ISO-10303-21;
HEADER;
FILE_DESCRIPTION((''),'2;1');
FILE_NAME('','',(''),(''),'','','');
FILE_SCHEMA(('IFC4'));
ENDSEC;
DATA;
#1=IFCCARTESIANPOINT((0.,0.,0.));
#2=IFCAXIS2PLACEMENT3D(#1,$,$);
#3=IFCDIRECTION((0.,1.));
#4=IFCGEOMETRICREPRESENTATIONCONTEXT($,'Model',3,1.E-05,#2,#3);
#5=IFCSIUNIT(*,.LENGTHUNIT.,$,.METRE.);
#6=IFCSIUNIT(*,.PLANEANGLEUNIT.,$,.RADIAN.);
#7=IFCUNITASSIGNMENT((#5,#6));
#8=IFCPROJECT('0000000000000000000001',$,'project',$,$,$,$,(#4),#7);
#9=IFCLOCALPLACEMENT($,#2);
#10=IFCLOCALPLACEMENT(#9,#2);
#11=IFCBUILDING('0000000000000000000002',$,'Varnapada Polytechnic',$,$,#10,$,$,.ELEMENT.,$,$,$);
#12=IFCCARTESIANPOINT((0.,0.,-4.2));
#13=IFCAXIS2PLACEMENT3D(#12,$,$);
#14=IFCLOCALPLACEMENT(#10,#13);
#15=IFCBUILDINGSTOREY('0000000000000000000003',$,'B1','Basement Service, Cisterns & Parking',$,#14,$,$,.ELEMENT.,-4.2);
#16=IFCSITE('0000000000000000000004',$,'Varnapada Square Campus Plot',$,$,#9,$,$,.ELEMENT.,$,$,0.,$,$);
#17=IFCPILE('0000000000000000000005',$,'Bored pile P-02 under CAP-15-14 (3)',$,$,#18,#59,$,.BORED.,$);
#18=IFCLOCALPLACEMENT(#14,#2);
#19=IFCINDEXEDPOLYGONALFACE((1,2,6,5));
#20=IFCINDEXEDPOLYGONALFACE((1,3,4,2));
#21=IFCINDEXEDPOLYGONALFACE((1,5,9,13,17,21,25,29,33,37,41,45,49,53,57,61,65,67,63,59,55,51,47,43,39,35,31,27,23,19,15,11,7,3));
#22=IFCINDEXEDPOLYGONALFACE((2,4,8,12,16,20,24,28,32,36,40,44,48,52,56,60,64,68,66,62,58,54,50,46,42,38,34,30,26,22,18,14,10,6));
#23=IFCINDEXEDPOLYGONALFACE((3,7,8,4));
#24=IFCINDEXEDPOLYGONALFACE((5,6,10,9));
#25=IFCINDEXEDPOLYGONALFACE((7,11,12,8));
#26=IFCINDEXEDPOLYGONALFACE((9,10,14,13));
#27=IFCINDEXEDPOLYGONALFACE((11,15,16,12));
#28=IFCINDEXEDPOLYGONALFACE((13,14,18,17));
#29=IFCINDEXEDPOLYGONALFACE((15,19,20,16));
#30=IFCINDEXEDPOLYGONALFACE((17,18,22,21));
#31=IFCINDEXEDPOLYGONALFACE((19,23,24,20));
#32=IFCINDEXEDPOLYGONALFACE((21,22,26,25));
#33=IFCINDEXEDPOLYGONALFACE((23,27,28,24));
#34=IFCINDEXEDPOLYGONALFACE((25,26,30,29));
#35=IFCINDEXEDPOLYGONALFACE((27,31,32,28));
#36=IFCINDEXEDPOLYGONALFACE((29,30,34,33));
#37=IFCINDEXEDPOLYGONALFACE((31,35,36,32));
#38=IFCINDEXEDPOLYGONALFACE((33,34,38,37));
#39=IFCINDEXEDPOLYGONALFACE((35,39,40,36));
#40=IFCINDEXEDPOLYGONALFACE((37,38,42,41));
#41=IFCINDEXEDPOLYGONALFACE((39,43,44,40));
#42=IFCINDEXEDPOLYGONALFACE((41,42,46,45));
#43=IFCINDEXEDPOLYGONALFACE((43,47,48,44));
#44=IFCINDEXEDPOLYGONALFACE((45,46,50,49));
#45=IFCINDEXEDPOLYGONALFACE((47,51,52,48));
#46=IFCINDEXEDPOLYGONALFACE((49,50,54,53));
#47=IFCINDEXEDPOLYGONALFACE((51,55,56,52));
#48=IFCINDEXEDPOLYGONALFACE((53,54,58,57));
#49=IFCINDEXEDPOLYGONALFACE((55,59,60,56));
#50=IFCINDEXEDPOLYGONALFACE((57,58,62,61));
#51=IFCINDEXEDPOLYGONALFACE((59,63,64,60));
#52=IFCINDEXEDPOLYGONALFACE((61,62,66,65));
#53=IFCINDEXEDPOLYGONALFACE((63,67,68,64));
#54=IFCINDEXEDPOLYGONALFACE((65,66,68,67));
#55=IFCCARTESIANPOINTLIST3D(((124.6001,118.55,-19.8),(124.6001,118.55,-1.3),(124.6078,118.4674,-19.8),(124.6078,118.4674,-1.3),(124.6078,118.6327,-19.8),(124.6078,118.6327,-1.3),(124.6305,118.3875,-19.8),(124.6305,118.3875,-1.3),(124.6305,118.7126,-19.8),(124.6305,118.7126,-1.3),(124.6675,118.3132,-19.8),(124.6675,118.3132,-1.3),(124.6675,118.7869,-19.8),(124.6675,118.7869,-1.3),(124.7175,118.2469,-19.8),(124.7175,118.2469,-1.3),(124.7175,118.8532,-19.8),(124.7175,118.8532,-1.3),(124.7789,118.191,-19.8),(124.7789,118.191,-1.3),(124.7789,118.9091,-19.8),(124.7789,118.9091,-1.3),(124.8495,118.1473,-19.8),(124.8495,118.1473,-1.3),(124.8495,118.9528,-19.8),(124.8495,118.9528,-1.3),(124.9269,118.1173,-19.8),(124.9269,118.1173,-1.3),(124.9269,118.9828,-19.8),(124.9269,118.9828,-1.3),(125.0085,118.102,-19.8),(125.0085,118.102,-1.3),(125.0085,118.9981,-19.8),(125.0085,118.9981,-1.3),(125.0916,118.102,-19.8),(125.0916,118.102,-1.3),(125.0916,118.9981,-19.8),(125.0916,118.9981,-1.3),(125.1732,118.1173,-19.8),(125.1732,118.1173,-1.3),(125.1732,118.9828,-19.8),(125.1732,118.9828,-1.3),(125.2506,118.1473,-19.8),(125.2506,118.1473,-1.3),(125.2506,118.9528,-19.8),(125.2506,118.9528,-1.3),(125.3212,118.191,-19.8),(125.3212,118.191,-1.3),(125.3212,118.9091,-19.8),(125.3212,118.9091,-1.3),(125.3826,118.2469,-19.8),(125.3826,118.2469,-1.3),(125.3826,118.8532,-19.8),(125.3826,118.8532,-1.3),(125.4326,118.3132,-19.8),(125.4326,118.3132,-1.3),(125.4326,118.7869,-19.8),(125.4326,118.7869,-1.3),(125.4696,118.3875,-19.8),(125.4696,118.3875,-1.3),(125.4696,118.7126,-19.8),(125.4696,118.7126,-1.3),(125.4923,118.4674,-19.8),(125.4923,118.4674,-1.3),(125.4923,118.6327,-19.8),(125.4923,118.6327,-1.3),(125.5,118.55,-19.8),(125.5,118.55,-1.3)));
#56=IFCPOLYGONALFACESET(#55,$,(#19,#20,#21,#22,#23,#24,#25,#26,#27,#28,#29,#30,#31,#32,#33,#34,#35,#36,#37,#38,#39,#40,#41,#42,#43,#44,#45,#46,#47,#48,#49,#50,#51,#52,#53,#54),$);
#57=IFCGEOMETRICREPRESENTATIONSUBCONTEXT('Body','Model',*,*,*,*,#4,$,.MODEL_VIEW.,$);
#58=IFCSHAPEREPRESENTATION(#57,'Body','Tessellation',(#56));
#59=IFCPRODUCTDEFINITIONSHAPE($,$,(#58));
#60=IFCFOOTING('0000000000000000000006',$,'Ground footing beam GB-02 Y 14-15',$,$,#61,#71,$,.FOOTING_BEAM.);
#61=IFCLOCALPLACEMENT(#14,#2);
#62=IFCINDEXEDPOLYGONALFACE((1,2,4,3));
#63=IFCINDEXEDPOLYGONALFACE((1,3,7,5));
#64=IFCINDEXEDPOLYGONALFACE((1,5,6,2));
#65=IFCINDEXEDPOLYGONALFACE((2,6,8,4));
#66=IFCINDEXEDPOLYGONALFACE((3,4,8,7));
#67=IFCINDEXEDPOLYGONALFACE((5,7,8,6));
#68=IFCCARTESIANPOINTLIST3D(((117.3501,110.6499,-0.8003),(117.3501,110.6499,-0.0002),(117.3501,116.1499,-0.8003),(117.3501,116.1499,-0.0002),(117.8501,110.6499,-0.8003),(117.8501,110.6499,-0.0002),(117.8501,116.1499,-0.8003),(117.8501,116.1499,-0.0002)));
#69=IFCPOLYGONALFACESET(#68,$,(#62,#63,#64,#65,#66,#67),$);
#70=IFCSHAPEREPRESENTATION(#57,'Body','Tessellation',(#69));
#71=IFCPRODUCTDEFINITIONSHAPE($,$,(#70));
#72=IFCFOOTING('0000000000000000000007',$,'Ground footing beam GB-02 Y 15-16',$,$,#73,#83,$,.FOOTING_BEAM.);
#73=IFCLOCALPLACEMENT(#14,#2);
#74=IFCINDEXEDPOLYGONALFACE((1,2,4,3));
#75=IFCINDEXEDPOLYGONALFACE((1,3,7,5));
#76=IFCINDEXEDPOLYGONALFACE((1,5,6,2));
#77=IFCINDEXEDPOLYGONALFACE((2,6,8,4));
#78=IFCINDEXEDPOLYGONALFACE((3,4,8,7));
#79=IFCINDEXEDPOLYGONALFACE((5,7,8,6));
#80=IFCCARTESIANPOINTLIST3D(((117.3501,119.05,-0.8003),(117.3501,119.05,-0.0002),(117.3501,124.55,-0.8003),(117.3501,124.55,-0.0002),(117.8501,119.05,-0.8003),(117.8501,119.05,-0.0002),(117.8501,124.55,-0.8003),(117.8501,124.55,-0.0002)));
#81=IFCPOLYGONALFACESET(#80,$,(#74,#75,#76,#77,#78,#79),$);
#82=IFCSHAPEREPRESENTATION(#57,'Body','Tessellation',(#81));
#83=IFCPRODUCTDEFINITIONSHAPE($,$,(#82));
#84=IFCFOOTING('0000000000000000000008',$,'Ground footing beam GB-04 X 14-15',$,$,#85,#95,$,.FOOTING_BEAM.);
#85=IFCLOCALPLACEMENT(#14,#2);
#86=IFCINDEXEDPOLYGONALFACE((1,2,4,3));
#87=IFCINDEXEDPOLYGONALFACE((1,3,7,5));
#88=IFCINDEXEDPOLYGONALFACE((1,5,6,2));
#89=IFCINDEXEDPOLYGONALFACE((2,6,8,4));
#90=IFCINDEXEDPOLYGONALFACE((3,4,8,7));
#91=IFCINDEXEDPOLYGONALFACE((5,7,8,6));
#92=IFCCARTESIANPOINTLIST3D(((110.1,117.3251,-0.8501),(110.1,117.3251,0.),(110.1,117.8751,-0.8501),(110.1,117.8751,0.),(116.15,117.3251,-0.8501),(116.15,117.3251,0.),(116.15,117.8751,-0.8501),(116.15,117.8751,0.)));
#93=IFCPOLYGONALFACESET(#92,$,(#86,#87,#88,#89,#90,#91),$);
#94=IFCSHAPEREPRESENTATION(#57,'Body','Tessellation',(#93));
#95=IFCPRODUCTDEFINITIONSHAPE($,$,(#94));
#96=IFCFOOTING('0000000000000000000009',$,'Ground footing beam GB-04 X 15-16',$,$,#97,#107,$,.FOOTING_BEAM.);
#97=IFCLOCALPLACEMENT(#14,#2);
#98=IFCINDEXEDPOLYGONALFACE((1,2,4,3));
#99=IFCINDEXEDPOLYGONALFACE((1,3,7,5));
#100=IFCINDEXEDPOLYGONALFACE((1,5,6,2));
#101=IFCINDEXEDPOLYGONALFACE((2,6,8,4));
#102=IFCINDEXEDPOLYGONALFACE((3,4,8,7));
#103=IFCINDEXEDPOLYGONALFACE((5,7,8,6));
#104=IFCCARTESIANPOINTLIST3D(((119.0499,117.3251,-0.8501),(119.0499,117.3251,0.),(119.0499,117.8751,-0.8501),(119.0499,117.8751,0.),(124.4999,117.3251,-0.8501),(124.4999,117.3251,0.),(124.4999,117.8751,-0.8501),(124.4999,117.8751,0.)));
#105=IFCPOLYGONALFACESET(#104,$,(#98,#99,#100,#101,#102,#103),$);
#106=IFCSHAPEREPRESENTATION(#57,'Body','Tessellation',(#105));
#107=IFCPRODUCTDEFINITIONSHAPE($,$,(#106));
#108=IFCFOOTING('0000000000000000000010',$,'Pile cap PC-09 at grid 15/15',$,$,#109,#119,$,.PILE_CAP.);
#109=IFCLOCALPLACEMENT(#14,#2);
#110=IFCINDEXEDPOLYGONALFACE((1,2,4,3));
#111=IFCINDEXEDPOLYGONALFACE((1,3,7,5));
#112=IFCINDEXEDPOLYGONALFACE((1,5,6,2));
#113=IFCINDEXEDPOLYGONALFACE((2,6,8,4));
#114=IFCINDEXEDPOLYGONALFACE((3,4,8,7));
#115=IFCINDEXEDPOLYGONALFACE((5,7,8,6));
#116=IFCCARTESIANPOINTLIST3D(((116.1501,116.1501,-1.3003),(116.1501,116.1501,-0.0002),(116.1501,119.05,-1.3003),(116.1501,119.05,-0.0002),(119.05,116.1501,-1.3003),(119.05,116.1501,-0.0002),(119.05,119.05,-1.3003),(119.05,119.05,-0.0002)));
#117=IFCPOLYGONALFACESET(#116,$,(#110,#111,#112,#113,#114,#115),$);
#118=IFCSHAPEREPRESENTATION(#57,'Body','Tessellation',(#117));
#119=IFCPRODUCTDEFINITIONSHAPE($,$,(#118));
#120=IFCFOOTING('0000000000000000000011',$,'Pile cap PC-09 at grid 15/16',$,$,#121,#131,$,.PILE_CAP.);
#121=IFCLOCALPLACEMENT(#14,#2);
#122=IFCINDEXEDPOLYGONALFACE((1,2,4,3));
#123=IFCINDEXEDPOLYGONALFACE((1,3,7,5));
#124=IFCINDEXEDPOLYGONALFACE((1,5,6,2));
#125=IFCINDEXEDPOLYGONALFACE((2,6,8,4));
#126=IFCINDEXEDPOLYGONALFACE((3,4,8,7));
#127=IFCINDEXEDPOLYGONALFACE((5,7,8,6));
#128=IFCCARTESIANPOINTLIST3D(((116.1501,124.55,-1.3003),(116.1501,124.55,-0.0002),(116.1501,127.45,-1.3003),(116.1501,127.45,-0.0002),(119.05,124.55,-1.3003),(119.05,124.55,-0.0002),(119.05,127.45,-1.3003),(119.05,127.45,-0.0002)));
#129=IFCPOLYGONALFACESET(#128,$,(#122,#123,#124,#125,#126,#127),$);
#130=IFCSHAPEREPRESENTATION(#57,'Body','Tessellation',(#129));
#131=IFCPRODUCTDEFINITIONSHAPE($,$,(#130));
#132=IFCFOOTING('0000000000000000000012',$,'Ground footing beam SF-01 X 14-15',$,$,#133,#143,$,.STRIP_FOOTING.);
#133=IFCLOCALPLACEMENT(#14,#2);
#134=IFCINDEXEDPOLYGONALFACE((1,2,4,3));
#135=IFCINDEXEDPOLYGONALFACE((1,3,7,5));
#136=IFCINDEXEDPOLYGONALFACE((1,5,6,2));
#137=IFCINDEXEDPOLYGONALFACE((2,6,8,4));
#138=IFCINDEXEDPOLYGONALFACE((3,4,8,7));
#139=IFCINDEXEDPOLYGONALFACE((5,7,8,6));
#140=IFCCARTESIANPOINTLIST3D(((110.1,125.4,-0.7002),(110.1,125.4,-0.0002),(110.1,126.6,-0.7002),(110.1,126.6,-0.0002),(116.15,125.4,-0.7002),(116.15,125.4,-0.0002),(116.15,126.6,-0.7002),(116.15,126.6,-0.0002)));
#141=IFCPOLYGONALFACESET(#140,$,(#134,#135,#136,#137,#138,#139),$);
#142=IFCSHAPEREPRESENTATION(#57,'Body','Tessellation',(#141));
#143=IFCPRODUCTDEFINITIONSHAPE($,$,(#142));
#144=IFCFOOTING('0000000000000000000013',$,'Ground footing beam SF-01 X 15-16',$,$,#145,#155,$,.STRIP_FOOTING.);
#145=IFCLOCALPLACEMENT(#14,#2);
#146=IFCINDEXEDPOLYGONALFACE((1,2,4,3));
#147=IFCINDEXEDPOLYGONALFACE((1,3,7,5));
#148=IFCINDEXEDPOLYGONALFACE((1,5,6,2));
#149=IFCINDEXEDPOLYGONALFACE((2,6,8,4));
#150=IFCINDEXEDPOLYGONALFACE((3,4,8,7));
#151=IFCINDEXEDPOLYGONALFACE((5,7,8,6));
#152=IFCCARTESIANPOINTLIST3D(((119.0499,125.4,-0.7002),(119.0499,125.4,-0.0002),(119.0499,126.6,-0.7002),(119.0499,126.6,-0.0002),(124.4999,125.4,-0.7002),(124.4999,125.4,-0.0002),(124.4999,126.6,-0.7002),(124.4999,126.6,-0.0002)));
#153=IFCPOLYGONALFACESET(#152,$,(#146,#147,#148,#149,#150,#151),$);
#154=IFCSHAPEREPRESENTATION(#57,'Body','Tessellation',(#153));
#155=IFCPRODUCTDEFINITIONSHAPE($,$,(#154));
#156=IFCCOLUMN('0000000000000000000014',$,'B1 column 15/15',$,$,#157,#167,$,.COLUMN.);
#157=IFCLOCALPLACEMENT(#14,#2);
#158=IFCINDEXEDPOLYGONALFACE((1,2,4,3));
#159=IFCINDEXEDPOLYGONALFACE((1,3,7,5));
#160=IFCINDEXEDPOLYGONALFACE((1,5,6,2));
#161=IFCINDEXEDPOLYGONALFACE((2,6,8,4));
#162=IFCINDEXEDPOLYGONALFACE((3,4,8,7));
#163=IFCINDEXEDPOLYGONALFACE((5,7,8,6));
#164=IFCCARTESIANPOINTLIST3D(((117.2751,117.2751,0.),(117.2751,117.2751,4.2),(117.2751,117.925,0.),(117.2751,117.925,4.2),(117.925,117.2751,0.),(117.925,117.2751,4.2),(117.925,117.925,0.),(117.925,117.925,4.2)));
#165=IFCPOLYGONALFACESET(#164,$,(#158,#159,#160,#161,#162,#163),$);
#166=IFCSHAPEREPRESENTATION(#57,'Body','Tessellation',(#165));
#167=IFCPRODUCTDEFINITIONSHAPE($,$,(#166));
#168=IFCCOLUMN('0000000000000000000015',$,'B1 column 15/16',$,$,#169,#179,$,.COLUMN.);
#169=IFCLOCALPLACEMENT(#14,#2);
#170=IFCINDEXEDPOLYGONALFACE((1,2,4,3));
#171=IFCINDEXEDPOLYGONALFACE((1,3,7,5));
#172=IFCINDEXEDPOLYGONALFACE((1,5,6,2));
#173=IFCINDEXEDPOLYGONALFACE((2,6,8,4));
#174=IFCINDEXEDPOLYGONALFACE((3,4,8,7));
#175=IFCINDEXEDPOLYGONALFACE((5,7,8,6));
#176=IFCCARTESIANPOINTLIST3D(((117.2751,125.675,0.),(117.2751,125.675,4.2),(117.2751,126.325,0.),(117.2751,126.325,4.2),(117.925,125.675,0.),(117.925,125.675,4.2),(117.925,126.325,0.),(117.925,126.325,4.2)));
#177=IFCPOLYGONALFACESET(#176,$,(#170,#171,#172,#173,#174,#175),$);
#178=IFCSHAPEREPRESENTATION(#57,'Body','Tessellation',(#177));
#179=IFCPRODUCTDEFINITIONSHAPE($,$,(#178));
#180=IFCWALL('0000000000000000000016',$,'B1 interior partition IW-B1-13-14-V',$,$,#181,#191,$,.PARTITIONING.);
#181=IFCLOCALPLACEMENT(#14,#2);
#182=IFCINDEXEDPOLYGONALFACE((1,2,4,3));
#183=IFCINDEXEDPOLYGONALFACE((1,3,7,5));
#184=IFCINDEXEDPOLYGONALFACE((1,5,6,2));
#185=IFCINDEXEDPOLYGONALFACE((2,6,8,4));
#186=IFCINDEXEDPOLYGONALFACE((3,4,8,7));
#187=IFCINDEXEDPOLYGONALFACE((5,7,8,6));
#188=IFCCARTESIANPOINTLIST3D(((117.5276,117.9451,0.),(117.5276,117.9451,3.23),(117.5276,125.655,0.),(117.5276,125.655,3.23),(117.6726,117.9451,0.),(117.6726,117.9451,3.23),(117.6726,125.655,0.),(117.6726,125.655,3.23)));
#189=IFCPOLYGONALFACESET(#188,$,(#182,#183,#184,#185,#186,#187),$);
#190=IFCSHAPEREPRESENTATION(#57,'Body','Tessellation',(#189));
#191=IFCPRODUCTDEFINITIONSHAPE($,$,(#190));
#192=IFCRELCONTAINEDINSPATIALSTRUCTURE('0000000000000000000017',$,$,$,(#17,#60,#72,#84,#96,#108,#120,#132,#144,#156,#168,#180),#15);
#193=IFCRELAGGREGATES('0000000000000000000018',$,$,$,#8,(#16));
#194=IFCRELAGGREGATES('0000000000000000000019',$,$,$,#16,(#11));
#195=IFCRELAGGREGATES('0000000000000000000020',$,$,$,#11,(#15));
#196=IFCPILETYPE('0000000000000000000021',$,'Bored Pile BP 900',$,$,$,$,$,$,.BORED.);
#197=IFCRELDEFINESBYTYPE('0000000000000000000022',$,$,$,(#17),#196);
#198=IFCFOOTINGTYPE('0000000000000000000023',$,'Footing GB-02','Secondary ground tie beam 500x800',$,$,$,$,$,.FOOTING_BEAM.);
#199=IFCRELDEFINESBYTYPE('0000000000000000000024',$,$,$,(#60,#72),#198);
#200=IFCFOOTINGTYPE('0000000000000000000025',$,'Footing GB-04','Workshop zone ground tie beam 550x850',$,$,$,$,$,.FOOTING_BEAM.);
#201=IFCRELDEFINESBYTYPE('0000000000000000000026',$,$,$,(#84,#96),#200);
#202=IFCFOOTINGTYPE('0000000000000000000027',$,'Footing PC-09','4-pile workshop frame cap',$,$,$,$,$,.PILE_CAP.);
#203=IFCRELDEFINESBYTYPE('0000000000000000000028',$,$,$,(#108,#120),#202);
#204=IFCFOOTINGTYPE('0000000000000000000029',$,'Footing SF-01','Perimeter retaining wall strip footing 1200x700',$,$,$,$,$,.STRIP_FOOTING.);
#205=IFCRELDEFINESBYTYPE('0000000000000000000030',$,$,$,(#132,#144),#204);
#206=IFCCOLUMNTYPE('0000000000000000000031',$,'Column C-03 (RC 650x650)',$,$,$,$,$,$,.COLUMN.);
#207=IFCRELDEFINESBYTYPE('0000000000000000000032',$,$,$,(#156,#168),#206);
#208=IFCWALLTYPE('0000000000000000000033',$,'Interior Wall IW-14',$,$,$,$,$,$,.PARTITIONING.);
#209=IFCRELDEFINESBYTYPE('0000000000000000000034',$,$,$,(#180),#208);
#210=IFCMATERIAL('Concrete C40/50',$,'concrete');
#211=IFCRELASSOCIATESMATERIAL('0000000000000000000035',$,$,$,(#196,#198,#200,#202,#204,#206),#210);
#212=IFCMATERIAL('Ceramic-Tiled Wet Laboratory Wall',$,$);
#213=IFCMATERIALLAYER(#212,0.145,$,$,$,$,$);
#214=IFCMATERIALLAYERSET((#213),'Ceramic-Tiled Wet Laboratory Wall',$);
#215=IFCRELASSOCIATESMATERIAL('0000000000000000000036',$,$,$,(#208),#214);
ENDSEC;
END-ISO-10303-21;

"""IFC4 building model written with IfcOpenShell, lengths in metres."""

from ifc_helpers import new_model, si_unit, direction, frame, frame_2d, origin, origin_2d, place, context, subcontext, project, spatial, rectangle, circle, extrude, material, layer, layer_set, material_profile, profile_set, type_object, element, save


model = new_model("IFC4")

# Units and contexts
model_context = context("Model", 3, precision=1e-05, world=origin(), true_north=direction((0.0, 1.0)))
body_context = subcontext(model_context, "Body", "Model", "MODEL_VIEW")
ifc_project = project(units=[si_unit("LENGTHUNIT", "METRE"), si_unit("PLANEANGLEUNIT", "RADIAN")], contexts=[model_context])

# Site, building, storey
site_placement = place(None, origin())
site = spatial("IfcSite", under=ifc_project, at=site_placement, Name="Varnapada Square Campus Plot", CompositionType="ELEMENT", RefElevation=0.0)
building_placement = place(site_placement, origin())
building = spatial("IfcBuilding", under=site, at=building_placement, Name="Varnapada Polytechnic", CompositionType="ELEMENT")
storey_placement = place(building_placement, frame((0.0, 0.0, -4.2)))
storey = spatial("IfcBuildingStorey", under=building, at=storey_placement, Name="B1", Description="Basement Service, Cisterns & Parking", CompositionType="ELEMENT", Elevation=-4.2)

# Pile
ifc_material_1 = material(Name="Concrete C40/50", Category="concrete")
ifc_material_profile_1 = material_profile(ifc_material_1, circle(Radius=0.45, at=origin_2d()), Name="BP 900")
ifc_profile_set_1 = profile_set([ifc_material_profile_1], Name="Concrete C40/50")
pile_type_1 = type_object("IfcPileType", Name="Bored Pile BP 900", PredefinedType="BORED", material=ifc_profile_set_1)
for number, where, z_axis, x_axis, name in (
    (1, (125.05, 118.55, -1.3), (0.0, 0.0, -1.0), (1.0, 0.0, 0.0), "Bored pile P-02 under CAP-15-14 (3)"),
):
    element("IfcPile", number, at=place(storey_placement, frame(where, z_axis=z_axis, x_axis=x_axis)), inside=storey, type_object=pile_type_1, Name=name, PredefinedType="BORED", context=body_context, shape_type="SweptSolid", body=[
        extrude(circle(Radius=0.45, at=origin_2d()), origin(), (0.0, 0.0, 1.0), 18.5),
    ])

# Footings
footing_type_1 = type_object("IfcFootingType", Name="Footing GB-02", Description="Secondary ground tie beam 500x800", PredefinedType="FOOTING_BEAM", material=ifc_material_1)
for number, where, z_axis, x_axis, name in (
    (2, (117.6001, 113.3999, -0.8003), (0.0, 0.0, 1.0), (0.0, 1.0, 0.0), "Ground footing beam GB-02 Y 14-15"),
    (3, (117.6001, 121.8, -0.8003), (0.0, 0.0, 1.0), (0.0, 1.0, 0.0), "Ground footing beam GB-02 Y 15-16"),
):
    element("IfcFooting", number, at=place(storey_placement, frame(where, z_axis=z_axis, x_axis=x_axis)), inside=storey, type_object=footing_type_1, Name=name, PredefinedType="FOOTING_BEAM", context=body_context, shape_type="SweptSolid", body=[
        extrude(rectangle(XDim=5.5, YDim=0.5, at=origin_2d()), origin(), (0.0, 0.0, 1.0), 0.8),
    ])
footing_type_2 = type_object("IfcFootingType", Name="Footing GB-04", Description="Workshop zone ground tie beam 550x850", PredefinedType="FOOTING_BEAM", material=ifc_material_1)
footing_1_placement = place(storey_placement, frame((113.125, 117.6001, -0.8501), z_axis=(0.0, 0.0, 1.0), x_axis=(1.0, 0.0, 0.0)))
element("IfcFooting", 4, at=footing_1_placement, inside=storey, type_object=footing_type_2, Name="Ground footing beam GB-04 X 14-15", PredefinedType="FOOTING_BEAM", context=body_context, shape_type="SweptSolid", body=[
    extrude(rectangle(XDim=6.05, YDim=0.55, at=origin_2d()), origin(), (0.0, 0.0, 1.0), 0.8501),
])
footing_2_placement = place(storey_placement, frame((121.7749, 117.6001, -0.8501), z_axis=(0.0, 0.0, 1.0), x_axis=(1.0, 0.0, 0.0)))
element("IfcFooting", 5, at=footing_2_placement, inside=storey, type_object=footing_type_2, Name="Ground footing beam GB-04 X 15-16", PredefinedType="FOOTING_BEAM", context=body_context, shape_type="SweptSolid", body=[
    extrude(rectangle(XDim=5.45, YDim=0.55, at=origin_2d()), origin(), (0.0, 0.0, 1.0), 0.8501),
])
footing_type_3 = type_object("IfcFootingType", Name="Footing PC-09", Description="4-pile workshop frame cap", PredefinedType="PILE_CAP", material=ifc_material_1)
for number, where, z_axis, x_axis, name in (
    (6, (117.6001, 117.6001, -1.3003), (0.0, 0.0, 1.0), (1.0, 0.0, 0.0), "Pile cap PC-09 at grid 15/15"),
    (7, (117.6001, 126.0, -1.3003), (0.0, 0.0, 1.0), (1.0, 0.0, 0.0), "Pile cap PC-09 at grid 15/16"),
):
    element("IfcFooting", number, at=place(storey_placement, frame(where, z_axis=z_axis, x_axis=x_axis)), inside=storey, type_object=footing_type_3, Name=name, PredefinedType="PILE_CAP", context=body_context, shape_type="SweptSolid", body=[
        extrude(rectangle(XDim=2.8999, YDim=2.8999, at=origin_2d()), origin(), (0.0, 0.0, 1.0), 1.3),
    ])
footing_type_4 = type_object("IfcFootingType", Name="Footing SF-01", Description="Perimeter retaining wall strip footing 1200x700", PredefinedType="STRIP_FOOTING", material=ifc_material_1)
footing_3_placement = place(storey_placement, frame((113.125, 126.0, -0.7002), z_axis=(0.0, 0.0, 1.0), x_axis=(1.0, 0.0, 0.0)))
element("IfcFooting", 8, at=footing_3_placement, inside=storey, type_object=footing_type_4, Name="Ground footing beam SF-01 X 14-15", PredefinedType="STRIP_FOOTING", context=body_context, shape_type="SweptSolid", body=[
    extrude(rectangle(XDim=6.05, YDim=1.2, at=origin_2d()), origin(), (0.0, 0.0, 1.0), 0.7),
])
footing_4_placement = place(storey_placement, frame((121.7749, 126.0, -0.7002), z_axis=(0.0, 0.0, 1.0), x_axis=(1.0, 0.0, 0.0)))
element("IfcFooting", 9, at=footing_4_placement, inside=storey, type_object=footing_type_4, Name="Ground footing beam SF-01 X 15-16", PredefinedType="STRIP_FOOTING", context=body_context, shape_type="SweptSolid", body=[
    extrude(rectangle(XDim=5.45, YDim=1.2, at=origin_2d()), origin(), (0.0, 0.0, 1.0), 0.7),
])

# Columns
ifc_material_profile_2 = material_profile(ifc_material_1, rectangle(XDim=0.6499, YDim=0.6499, at=origin_2d()), Name="RC 650x650")
ifc_profile_set_2 = profile_set([ifc_material_profile_2], Name="Concrete C40/50")
column_type = type_object("IfcColumnType", Name="Column C-03 (RC 650x650)", PredefinedType="COLUMN", material=ifc_profile_set_2)
for number, where, z_axis, x_axis, name in (
    (10, (117.6001, 117.6001, 0.0), (0.0, 0.0, 1.0), (1.0, 0.0, 0.0), "B1 column 15/15"),
    (11, (117.6001, 126.0, 0.0), (0.0, 0.0, 1.0), (1.0, 0.0, 0.0), "B1 column 15/16"),
):
    element("IfcColumn", number, at=place(storey_placement, frame(where, z_axis=z_axis, x_axis=x_axis)), inside=storey, type_object=column_type, Name=name, PredefinedType="COLUMN", context=body_context, shape_type="SweptSolid", body=[
        extrude(rectangle(XDim=0.6499, YDim=0.6499, at=origin_2d()), origin(), (0.0, 0.0, 1.0), 4.2),
    ])

# Wall
ifc_material_2 = material(Name="Ceramic-Tiled Wet Laboratory Wall")
ifc_layer_1 = layer(ifc_material_2, 0.145)
ifc_layer_set_1 = layer_set([ifc_layer_1], Name="Ceramic-Tiled Wet Laboratory Wall")
wall_type_1 = type_object("IfcWallType", Name="Interior Wall IW-14", PredefinedType="PARTITIONING", material=ifc_layer_set_1)
wall_1_placement = place(storey_placement, frame((117.6001, 117.9451, 0.0), z_axis=(0.0, 0.0, 1.0), x_axis=(0.0, 1.0, 0.0)))
element("IfcWall", 12, at=wall_1_placement, inside=storey, type_object=wall_type_1, Name="B1 interior partition IW-B1-13-14-V", PredefinedType="PARTITIONING", context=body_context, shape_type="SweptSolid", body=[
    extrude(rectangle(XDim=7.71, YDim=0.145, at=frame_2d((3.855, 0.0))), origin(), (0.0, 0.0, 1.0), 3.23),
])

save(model, "model.ifc")
